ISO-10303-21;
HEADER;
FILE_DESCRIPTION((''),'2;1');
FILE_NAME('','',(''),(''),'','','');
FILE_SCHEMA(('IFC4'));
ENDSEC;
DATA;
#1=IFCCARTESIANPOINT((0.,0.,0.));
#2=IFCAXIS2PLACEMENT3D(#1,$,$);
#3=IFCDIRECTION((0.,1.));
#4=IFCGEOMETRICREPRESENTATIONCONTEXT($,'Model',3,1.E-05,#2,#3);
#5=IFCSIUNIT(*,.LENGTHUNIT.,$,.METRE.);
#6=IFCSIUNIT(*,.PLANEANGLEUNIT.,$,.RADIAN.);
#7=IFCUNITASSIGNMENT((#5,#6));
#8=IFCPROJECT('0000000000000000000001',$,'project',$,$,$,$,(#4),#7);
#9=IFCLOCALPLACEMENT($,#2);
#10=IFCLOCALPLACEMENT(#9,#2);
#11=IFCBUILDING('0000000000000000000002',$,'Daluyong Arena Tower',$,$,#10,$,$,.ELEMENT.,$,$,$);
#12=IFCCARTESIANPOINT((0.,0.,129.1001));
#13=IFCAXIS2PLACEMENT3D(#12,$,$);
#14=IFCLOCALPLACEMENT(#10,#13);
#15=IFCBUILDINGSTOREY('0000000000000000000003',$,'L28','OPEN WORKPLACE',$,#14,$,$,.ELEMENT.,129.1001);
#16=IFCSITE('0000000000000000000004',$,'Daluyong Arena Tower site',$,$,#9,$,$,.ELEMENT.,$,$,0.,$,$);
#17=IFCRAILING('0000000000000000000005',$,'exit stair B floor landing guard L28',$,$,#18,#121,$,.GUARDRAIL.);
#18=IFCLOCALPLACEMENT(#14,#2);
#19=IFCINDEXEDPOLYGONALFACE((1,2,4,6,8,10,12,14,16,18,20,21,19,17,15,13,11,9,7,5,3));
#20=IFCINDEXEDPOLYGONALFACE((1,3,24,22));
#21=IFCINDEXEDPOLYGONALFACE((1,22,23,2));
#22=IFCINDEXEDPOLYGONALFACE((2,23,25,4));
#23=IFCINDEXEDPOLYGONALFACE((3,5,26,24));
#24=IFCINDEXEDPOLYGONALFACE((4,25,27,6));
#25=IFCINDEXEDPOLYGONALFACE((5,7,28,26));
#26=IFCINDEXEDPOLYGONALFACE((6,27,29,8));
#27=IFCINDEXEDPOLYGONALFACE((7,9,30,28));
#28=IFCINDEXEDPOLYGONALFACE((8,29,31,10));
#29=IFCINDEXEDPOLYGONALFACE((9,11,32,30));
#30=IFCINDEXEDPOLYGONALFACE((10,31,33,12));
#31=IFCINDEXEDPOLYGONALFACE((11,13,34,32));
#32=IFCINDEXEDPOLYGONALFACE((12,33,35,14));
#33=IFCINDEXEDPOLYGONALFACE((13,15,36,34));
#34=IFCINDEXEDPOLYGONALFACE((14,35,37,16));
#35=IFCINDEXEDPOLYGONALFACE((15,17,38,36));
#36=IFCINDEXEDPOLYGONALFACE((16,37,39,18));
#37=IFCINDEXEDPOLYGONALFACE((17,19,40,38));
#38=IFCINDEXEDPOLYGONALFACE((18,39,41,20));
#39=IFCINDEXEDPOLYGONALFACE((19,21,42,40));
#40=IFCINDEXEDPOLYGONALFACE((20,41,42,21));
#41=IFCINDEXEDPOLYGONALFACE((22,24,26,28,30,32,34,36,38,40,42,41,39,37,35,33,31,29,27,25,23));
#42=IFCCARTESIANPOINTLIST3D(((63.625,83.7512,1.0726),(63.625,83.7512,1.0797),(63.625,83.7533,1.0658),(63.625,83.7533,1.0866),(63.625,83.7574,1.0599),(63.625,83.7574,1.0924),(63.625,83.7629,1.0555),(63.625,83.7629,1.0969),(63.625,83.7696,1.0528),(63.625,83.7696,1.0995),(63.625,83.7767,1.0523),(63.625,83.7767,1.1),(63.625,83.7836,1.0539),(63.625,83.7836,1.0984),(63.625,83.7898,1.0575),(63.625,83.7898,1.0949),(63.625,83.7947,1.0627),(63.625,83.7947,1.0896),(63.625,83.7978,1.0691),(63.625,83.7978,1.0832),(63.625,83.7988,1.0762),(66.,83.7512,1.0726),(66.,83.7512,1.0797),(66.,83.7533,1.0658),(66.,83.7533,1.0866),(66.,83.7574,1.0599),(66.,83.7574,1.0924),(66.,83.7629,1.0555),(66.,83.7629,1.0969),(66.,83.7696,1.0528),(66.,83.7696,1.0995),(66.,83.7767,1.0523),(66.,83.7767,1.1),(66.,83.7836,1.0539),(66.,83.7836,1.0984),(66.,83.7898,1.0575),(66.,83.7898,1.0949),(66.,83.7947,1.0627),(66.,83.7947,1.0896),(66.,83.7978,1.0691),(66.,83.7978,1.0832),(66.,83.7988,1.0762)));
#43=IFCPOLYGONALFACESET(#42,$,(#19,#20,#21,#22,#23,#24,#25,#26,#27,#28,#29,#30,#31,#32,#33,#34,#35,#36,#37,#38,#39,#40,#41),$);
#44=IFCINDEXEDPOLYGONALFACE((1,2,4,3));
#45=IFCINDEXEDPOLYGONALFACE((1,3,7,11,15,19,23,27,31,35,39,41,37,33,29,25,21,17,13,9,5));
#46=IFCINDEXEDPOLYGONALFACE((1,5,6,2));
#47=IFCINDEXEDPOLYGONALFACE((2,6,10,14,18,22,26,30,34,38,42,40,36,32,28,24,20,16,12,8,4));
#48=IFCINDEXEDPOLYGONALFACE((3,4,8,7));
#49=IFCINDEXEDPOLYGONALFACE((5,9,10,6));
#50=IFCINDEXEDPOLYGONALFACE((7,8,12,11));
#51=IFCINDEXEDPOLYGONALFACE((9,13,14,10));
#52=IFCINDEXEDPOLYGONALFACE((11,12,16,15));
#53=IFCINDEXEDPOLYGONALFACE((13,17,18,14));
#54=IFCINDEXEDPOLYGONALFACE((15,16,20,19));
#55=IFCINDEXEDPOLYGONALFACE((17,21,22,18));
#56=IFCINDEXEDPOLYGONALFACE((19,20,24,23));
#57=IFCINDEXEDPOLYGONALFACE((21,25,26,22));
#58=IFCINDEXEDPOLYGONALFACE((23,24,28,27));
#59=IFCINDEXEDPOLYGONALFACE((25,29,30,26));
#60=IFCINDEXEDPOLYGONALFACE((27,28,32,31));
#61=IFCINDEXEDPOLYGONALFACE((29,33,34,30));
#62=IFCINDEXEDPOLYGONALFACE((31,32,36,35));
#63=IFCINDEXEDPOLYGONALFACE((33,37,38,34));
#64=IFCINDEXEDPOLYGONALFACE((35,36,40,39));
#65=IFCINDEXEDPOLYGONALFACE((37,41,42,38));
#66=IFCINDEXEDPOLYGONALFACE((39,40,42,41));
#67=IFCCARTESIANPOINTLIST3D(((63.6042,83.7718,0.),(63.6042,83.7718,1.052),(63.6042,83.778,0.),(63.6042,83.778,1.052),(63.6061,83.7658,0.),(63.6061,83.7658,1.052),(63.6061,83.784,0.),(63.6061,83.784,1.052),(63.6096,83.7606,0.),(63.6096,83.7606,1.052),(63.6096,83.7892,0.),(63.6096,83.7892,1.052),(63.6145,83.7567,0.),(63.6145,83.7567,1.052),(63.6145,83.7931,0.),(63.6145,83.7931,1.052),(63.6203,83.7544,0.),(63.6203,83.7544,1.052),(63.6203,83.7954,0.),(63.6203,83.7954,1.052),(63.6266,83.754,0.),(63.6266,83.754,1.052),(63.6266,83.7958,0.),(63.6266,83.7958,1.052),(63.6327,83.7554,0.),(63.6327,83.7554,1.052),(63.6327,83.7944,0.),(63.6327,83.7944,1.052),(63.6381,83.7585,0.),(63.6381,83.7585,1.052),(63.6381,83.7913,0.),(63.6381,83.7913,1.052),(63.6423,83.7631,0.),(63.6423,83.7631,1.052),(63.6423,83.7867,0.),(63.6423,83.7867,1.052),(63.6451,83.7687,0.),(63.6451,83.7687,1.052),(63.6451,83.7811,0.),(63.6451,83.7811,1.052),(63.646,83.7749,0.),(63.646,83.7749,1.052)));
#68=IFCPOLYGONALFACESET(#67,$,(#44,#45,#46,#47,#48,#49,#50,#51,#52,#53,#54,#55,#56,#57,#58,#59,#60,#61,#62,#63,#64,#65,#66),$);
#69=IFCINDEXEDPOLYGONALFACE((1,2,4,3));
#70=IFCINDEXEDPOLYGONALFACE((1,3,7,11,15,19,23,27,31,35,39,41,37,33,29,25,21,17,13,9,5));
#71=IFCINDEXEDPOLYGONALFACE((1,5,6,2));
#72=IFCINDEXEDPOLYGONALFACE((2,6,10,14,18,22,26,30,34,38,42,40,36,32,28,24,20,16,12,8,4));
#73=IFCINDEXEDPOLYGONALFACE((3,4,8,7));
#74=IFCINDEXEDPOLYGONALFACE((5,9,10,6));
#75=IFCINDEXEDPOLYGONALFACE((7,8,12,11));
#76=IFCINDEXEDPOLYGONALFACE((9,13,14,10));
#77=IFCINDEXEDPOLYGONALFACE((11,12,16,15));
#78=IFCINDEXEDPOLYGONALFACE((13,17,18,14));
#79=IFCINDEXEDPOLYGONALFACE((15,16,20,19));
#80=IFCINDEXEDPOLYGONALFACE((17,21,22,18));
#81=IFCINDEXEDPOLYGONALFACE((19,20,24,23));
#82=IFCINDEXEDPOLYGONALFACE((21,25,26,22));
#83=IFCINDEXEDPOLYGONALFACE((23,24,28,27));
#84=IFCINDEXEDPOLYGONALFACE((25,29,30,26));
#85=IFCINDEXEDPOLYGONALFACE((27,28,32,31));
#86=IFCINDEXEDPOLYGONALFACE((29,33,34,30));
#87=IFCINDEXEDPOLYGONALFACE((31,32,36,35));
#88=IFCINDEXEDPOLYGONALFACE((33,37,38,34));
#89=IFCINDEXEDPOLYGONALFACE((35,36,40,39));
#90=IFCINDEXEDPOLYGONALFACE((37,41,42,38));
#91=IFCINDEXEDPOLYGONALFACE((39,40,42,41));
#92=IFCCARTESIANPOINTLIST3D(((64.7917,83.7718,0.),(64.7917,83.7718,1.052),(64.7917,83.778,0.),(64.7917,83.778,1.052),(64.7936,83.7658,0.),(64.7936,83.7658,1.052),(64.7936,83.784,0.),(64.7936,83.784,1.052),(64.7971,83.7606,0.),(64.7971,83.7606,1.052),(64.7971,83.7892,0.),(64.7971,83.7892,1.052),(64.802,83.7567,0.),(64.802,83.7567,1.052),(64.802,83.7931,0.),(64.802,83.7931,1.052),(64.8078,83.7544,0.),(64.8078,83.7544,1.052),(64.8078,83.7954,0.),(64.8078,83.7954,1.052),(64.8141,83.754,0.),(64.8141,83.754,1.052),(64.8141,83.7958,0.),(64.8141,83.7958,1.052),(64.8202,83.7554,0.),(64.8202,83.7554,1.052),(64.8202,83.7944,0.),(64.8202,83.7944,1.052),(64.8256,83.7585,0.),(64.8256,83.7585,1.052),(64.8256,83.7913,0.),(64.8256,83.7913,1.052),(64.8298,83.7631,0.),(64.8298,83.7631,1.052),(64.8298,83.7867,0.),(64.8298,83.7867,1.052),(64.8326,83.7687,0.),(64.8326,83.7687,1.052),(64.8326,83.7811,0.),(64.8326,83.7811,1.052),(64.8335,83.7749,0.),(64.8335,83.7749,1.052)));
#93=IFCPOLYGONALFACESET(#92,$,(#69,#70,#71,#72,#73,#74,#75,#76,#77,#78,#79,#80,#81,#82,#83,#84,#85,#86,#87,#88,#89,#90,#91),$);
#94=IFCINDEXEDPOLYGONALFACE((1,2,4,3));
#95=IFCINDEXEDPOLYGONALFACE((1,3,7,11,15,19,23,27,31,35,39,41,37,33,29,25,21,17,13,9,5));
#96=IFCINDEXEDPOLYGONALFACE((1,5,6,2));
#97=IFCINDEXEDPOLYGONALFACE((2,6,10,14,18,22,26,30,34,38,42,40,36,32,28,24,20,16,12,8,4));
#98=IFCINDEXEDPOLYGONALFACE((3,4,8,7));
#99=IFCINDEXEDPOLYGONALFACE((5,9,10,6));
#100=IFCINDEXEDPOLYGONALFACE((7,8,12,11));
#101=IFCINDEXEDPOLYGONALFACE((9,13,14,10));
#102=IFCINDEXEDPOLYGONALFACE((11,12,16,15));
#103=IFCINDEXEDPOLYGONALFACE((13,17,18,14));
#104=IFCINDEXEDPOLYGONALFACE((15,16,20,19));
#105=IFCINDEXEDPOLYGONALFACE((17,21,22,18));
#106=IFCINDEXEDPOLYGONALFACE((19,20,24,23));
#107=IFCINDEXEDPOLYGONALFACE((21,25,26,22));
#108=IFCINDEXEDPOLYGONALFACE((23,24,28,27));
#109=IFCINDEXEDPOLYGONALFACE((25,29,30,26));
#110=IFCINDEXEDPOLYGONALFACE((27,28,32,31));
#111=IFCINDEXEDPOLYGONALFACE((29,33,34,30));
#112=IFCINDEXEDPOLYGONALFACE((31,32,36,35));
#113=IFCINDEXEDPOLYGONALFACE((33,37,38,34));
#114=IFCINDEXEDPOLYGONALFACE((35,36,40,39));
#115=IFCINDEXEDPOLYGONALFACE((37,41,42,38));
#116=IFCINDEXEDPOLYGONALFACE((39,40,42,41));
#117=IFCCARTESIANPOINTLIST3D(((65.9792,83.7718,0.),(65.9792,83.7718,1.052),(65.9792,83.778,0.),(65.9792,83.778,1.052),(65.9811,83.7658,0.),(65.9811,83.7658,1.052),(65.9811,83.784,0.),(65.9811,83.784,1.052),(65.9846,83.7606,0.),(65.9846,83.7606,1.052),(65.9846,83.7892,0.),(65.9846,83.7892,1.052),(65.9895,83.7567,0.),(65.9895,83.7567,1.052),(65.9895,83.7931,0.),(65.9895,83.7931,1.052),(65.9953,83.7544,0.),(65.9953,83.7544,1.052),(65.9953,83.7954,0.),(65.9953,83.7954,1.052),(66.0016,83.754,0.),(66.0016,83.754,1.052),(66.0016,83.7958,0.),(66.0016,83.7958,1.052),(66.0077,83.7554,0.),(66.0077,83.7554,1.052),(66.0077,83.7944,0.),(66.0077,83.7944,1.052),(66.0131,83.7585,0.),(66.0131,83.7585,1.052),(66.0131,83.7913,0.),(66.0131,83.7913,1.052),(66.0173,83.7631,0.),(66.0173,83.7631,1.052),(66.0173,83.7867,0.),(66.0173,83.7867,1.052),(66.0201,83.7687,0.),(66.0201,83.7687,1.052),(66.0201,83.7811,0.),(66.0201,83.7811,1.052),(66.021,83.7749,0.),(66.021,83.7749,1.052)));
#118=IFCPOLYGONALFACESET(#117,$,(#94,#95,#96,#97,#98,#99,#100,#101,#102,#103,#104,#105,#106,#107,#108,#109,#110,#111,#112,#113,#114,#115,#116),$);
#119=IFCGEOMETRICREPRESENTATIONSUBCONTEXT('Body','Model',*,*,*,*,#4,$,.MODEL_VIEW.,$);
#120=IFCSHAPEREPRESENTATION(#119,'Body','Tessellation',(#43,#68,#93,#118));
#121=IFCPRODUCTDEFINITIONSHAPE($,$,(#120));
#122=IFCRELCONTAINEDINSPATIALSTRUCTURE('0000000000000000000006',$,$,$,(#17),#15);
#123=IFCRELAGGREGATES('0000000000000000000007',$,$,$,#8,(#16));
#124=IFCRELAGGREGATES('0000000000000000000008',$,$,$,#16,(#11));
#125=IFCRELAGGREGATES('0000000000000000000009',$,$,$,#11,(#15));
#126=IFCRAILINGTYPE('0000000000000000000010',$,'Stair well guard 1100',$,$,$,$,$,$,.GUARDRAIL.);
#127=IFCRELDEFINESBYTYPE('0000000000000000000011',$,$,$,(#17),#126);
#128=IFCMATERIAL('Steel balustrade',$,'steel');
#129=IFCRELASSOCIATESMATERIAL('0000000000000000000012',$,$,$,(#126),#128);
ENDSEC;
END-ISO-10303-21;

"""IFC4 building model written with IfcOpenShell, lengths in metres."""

from ifc_helpers import new_model, si_unit, direction, frame, origin, origin_2d, place, context, subcontext, project, spatial, circle, extrude, material, type_object, element, save


model = new_model("IFC4")

# Units and contexts
model_context = context("Model", 3, precision=1e-05, world=origin(), true_north=direction((0.0, 1.0)))
body_context = subcontext(model_context, "Body", "Model", "MODEL_VIEW")
ifc_project = project(units=[si_unit("LENGTHUNIT", "METRE"), si_unit("PLANEANGLEUNIT", "RADIAN")], contexts=[model_context])

# Site, building, storey
site_placement = place(None, origin())
site = spatial("IfcSite", under=ifc_project, at=site_placement, Name="Daluyong Arena Tower site", CompositionType="ELEMENT", RefElevation=0.0)
building_placement = place(site_placement, origin())
building = spatial("IfcBuilding", under=site, at=building_placement, Name="Daluyong Arena Tower", CompositionType="ELEMENT")
storey_placement = place(building_placement, frame((0.0, 0.0, 129.1001)))
storey = spatial("IfcBuildingStorey", under=building, at=storey_placement, Name="L28", Description="OPEN WORKPLACE", CompositionType="ELEMENT", Elevation=129.1001)

# Railing
ifc_material_1 = material(Name="Steel balustrade", Category="steel")
railing_type_1 = type_object("IfcRailingType", Name="Stair well guard 1100", PredefinedType="GUARDRAIL", material=ifc_material_1)
railing_1_placement = place(storey_placement, frame((63.625, 83.7749, 0.0)))
element("IfcRailing", 1, at=railing_1_placement, inside=storey, type_object=railing_type_1, Name="exit stair B floor landing guard L28", PredefinedType="GUARDRAIL", context=body_context, shape_type="SweptSolid", body=[
    extrude(circle(Radius=0.0239, at=origin_2d()), frame((0.0, 0.0, 1.0762), z_axis=(1.0, 0.0, 0.0), x_axis=(0.0, 1.0, 0.0)), (0.0, 0.0, 1.0), 2.375),
    extrude(circle(Radius=0.021, at=origin_2d()), origin(), (0.0, 0.0, 1.0), 1.052),
    extrude(circle(Radius=0.021, at=origin_2d()), frame((1.1875, 0.0, 0.0)), (0.0, 0.0, 1.0), 1.052),
    extrude(circle(Radius=0.021, at=origin_2d()), frame((2.375, 0.0, 0.0)), (0.0, 0.0, 1.0), 1.052),
])

save(model, "model.ifc")
